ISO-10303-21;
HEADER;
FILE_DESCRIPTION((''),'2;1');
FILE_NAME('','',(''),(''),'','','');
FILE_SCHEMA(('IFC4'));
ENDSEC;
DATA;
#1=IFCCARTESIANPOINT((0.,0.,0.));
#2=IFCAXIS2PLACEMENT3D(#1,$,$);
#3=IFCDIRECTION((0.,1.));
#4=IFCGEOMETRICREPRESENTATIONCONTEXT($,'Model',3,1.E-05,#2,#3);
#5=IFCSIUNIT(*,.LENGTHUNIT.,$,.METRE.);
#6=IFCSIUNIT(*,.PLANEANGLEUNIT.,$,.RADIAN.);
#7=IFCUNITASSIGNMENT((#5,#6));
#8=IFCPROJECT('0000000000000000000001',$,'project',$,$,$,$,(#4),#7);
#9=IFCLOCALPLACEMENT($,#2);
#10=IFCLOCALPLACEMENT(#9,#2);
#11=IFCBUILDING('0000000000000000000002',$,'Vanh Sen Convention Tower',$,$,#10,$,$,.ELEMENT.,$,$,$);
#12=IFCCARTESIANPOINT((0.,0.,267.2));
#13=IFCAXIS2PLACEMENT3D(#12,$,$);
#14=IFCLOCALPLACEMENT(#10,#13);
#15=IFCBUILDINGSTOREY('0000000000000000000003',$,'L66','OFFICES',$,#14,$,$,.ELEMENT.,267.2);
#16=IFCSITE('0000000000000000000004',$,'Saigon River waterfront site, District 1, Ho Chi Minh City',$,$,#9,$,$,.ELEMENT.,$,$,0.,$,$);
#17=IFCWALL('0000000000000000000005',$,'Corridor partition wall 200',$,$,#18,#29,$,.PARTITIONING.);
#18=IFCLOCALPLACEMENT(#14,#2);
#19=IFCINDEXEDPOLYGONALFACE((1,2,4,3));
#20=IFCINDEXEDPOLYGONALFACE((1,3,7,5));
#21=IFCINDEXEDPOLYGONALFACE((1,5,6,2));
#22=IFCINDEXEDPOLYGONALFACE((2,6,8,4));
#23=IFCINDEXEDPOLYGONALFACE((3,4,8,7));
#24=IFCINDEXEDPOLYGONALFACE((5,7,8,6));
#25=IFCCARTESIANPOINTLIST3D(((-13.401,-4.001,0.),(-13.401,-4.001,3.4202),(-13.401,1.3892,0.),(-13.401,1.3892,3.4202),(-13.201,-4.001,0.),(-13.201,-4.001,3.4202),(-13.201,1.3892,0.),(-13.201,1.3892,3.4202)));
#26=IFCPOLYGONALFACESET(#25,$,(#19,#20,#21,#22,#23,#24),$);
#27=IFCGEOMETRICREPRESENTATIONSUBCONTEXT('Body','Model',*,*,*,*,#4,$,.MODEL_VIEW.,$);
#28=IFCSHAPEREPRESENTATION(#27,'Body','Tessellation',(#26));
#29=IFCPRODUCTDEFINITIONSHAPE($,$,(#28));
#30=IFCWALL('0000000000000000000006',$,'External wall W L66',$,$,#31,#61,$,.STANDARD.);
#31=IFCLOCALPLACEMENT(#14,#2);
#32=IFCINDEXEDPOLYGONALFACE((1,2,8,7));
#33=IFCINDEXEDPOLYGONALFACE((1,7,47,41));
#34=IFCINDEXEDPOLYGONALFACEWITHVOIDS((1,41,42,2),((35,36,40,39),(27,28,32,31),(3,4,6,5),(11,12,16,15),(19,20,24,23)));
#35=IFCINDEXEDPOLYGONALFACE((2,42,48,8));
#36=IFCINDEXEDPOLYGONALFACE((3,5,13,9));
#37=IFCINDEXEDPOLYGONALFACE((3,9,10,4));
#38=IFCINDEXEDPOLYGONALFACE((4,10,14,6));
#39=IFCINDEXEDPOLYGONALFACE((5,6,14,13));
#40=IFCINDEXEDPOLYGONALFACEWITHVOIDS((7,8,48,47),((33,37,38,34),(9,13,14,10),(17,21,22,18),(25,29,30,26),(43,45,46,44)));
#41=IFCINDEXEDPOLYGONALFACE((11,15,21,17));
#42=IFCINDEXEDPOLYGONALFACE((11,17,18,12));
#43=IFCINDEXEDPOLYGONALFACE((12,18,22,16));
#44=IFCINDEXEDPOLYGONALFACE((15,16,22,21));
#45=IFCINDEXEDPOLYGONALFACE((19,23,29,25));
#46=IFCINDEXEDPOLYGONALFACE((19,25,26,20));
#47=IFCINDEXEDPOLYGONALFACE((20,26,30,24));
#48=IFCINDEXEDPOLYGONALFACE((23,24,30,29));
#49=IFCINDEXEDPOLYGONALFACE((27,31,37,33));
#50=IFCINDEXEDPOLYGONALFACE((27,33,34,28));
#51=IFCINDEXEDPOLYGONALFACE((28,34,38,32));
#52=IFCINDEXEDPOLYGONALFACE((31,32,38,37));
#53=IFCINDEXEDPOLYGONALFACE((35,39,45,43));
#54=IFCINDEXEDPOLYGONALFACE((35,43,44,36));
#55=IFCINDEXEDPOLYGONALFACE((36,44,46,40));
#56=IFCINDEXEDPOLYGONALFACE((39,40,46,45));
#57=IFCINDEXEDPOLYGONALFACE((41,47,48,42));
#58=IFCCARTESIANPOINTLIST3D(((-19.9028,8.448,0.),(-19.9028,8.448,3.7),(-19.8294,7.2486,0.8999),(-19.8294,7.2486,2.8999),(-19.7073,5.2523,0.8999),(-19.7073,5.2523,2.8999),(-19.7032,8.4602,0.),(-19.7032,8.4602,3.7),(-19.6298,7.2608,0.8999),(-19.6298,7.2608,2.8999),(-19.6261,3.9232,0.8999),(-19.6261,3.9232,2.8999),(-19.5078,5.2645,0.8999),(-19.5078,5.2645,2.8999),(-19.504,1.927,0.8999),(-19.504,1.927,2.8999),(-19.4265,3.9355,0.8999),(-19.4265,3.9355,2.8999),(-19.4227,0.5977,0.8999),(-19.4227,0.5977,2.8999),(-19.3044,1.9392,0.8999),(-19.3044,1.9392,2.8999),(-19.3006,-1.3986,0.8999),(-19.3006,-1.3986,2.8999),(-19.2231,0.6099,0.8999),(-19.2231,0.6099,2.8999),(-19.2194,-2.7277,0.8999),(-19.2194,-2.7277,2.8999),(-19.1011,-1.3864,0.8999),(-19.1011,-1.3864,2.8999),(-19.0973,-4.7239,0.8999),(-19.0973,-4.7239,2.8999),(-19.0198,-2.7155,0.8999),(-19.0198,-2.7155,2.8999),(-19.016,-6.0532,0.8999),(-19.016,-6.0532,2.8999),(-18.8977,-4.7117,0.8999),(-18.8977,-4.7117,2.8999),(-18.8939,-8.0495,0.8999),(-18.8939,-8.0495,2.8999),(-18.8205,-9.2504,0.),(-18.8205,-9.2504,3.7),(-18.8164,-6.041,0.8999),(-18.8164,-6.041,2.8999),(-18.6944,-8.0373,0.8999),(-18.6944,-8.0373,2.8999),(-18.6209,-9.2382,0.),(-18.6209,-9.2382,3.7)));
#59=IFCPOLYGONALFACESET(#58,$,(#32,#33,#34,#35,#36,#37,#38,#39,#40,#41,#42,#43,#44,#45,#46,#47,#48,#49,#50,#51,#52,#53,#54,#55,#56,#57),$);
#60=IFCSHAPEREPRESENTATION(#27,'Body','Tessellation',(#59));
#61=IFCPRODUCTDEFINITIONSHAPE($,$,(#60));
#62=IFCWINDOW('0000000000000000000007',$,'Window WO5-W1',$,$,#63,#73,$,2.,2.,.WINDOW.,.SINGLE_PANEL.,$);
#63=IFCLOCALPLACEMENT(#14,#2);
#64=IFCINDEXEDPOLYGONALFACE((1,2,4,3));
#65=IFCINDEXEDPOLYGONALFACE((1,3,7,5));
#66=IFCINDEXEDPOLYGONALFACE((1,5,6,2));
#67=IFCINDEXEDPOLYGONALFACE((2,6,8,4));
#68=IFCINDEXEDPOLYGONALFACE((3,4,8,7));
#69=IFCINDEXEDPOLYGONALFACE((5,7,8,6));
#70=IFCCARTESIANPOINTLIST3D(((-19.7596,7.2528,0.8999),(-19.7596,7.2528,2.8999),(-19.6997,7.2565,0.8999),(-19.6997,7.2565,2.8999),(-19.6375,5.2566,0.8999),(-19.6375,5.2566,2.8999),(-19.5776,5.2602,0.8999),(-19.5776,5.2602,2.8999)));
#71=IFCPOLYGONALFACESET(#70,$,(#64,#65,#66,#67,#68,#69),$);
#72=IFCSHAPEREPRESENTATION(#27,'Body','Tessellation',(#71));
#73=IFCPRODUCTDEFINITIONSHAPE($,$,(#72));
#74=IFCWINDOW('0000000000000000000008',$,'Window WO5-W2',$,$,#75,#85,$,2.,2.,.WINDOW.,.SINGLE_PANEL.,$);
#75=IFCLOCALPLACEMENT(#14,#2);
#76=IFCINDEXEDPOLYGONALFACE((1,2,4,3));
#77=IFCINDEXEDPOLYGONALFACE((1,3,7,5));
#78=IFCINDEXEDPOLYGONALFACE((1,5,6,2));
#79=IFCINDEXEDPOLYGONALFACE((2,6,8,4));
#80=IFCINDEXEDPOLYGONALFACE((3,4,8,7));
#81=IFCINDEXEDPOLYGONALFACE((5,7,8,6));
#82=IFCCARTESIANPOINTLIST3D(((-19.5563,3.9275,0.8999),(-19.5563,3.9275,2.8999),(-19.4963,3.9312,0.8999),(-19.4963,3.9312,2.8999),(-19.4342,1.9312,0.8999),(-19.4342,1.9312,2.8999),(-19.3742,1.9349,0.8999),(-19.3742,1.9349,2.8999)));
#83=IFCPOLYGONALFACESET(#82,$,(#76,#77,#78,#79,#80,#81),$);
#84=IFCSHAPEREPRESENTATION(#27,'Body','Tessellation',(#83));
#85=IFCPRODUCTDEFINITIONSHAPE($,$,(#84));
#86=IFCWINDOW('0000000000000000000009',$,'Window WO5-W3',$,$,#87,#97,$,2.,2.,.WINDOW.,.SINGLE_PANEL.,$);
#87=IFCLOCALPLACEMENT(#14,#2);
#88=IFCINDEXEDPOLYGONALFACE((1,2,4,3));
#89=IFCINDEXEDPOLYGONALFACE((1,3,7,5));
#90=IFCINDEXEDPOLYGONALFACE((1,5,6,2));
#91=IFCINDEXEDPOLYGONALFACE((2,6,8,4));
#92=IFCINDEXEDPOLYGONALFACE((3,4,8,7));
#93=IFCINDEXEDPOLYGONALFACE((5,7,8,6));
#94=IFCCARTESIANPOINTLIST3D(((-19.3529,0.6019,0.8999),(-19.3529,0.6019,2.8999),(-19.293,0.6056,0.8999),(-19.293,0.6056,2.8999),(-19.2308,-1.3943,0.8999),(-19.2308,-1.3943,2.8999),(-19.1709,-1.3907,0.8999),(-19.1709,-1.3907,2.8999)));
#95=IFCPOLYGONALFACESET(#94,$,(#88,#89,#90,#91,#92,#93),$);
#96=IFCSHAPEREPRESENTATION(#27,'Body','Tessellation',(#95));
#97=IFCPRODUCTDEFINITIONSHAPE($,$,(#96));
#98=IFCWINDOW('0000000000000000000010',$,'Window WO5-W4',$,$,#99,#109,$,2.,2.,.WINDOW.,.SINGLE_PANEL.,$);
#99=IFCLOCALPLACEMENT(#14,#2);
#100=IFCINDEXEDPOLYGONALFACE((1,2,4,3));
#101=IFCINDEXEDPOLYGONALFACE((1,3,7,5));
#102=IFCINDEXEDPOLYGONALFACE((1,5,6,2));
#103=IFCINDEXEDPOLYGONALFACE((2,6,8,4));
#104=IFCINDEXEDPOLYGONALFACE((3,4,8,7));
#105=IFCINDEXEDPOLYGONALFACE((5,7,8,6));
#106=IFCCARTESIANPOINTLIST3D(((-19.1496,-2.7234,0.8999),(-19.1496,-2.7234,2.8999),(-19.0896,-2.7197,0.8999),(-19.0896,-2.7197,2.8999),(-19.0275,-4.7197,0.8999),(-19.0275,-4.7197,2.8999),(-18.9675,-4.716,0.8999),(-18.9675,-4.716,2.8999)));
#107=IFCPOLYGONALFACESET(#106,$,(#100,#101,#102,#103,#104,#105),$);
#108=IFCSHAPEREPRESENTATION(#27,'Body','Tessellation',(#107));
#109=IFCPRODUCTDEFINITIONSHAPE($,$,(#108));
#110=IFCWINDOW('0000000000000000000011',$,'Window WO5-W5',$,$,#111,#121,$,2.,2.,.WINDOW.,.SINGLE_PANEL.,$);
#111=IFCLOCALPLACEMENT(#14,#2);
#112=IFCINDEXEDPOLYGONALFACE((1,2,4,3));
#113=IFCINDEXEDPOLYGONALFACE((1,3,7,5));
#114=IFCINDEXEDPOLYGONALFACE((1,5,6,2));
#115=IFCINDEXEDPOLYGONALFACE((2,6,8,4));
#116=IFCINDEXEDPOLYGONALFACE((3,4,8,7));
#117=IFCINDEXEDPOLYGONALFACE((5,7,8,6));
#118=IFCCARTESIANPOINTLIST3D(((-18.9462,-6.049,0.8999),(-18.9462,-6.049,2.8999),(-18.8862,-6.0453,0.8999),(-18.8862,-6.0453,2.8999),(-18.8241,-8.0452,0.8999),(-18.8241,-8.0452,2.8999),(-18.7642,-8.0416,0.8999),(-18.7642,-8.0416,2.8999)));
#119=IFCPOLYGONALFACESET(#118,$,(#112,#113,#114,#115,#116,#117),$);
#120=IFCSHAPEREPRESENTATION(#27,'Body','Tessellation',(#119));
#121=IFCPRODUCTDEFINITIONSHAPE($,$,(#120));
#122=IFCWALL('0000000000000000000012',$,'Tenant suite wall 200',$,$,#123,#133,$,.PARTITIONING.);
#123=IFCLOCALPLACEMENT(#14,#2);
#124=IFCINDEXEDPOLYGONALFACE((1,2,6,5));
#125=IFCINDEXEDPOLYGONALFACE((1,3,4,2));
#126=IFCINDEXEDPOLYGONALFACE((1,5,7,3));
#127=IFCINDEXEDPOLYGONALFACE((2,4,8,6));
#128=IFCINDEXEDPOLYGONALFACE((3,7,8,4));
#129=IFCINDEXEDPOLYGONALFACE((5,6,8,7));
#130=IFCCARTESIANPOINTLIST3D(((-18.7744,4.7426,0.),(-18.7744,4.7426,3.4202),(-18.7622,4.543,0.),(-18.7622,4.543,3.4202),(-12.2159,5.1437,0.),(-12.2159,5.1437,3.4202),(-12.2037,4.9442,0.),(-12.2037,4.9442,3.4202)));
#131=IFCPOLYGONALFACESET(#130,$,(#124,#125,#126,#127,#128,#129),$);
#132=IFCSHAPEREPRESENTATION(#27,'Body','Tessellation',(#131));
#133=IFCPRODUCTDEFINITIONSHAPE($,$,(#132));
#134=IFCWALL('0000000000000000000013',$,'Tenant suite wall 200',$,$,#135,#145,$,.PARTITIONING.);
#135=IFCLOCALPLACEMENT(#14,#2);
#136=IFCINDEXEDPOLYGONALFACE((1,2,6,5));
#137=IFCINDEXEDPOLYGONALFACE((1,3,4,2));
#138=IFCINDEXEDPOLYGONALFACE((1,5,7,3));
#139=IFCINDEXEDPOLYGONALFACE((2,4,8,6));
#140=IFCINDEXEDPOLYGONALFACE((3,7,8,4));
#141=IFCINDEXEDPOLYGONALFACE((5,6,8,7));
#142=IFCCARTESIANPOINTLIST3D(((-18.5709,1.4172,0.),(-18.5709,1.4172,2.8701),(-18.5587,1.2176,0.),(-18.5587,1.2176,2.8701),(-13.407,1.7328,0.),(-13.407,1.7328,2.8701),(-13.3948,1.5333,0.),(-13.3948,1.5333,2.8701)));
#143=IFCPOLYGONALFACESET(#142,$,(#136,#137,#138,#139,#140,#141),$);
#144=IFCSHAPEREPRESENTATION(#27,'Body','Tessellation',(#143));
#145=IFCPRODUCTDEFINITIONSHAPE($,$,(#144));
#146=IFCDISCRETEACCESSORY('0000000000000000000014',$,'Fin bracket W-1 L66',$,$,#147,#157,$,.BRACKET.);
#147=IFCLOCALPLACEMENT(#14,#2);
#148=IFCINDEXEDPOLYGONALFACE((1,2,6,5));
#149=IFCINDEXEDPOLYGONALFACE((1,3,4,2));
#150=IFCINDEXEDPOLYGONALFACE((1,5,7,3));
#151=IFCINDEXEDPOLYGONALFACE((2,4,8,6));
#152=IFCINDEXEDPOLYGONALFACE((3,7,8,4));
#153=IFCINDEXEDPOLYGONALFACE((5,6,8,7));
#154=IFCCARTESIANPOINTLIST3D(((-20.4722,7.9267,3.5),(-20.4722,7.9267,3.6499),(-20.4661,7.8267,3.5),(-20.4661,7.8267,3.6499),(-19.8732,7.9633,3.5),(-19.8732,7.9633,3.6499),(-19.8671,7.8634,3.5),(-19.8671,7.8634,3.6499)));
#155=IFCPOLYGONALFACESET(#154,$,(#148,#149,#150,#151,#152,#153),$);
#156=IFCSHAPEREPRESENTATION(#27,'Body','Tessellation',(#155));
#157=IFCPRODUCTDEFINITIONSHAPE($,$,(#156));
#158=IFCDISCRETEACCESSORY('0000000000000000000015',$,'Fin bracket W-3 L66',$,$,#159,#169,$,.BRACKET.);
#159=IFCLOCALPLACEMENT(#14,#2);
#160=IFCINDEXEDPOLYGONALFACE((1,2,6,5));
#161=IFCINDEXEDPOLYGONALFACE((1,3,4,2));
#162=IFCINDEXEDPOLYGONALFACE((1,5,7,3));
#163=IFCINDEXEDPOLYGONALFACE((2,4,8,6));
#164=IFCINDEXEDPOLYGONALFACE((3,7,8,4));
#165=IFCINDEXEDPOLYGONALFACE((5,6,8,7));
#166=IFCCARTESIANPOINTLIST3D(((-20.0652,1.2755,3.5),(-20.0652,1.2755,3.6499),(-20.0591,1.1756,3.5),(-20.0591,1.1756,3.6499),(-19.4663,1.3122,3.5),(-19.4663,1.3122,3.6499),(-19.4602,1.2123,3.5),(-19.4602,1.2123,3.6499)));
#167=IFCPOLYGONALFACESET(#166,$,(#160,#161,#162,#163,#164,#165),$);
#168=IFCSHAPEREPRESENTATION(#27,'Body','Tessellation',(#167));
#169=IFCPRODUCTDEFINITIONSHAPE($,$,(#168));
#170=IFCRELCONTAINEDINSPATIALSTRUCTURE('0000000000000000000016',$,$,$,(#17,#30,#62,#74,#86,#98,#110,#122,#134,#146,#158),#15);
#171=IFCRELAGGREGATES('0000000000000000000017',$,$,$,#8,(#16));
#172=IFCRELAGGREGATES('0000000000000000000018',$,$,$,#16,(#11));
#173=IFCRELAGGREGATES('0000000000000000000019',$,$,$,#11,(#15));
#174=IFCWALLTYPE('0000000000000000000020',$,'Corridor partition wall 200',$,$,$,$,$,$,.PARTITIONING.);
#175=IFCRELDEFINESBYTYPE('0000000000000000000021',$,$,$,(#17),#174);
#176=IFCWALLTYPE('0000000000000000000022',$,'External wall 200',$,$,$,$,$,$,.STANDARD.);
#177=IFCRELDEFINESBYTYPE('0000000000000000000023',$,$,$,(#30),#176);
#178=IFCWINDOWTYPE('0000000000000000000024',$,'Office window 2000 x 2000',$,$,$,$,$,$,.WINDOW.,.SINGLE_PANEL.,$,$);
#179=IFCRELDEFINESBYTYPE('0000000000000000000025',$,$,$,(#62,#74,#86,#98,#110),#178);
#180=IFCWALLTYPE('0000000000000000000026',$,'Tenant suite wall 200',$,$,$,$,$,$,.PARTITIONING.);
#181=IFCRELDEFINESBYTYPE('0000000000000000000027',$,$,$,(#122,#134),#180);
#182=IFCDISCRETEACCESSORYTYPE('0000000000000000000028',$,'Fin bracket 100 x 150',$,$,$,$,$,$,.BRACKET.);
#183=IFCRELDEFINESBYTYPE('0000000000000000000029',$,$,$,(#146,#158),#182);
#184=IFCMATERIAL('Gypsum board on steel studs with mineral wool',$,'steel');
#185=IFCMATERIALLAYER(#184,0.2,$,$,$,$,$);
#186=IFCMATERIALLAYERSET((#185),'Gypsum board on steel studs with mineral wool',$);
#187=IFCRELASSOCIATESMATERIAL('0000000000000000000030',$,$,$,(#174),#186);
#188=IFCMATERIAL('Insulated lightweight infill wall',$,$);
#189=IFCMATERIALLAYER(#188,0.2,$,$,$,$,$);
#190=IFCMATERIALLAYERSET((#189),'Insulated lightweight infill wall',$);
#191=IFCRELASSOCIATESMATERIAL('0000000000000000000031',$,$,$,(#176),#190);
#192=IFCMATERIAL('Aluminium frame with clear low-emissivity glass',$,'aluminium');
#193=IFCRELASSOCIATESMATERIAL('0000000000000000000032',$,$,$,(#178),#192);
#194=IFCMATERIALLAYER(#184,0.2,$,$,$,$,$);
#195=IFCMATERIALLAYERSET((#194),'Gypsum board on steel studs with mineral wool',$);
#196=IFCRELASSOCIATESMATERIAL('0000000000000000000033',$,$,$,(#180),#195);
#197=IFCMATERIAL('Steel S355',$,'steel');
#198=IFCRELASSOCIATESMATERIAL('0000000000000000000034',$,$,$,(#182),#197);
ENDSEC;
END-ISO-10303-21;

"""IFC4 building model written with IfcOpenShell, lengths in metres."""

from ifc_helpers import new_model, si_unit, direction, frame, frame_2d, origin, origin_2d, place, context, subcontext, project, spatial, rectangle, extrude, material, layer, layer_set, type_object, element, fill, save


model = new_model("IFC4")

# Units and contexts
model_context = context("Model", 3, precision=1e-05, world=origin(), true_north=direction((0.0, 1.0)))
body_context = subcontext(model_context, "Body", "Model", "MODEL_VIEW")
ifc_project = project(units=[si_unit("LENGTHUNIT", "METRE"), si_unit("PLANEANGLEUNIT", "RADIAN")], contexts=[model_context])

# Site, building, storey
site_placement = place(None, origin())
site = spatial("IfcSite", under=ifc_project, at=site_placement, Name="Saigon River waterfront site, District 1, Ho Chi Minh City", CompositionType="ELEMENT", RefElevation=0.0)
building_placement = place(site_placement, origin())
building = spatial("IfcBuilding", under=site, at=building_placement, Name="Vanh Sen Convention Tower", CompositionType="ELEMENT")
storey_placement = place(building_placement, frame((0.0, 0.0, 267.2)))
storey = spatial("IfcBuildingStorey", under=building, at=storey_placement, Name="L66", Description="OFFICES", CompositionType="ELEMENT", Elevation=267.2)

# Wall
ifc_material_1 = material(Name="Gypsum board on steel studs with mineral wool", Category="steel")
ifc_layer_1 = layer(ifc_material_1, 0.2)
ifc_layer_set_1 = layer_set([ifc_layer_1], Name="Gypsum board on steel studs with mineral wool")
wall_type_1 = type_object("IfcWallType", Name="Corridor partition wall 200", PredefinedType="PARTITIONING", material=ifc_layer_set_1)
wall_1_placement = place(storey_placement, frame((-13.301, 1.3892, 0.0), z_axis=(0.0, 0.0, 1.0), x_axis=(0.0, -1.0, 0.0)))
element("IfcWall", 1, at=wall_1_placement, inside=storey, type_object=wall_type_1, Name="Corridor partition wall 200", PredefinedType="PARTITIONING", context=body_context, shape_type="SweptSolid", body=[
    extrude(rectangle(XDim=5.3901, YDim=0.2, at=frame_2d((2.6951, 0.0))), origin(), (0.0, 0.0, 1.0), 3.4202),
])

# Wall, openings, windows
ifc_material_2 = material(Name="Insulated lightweight infill wall")
ifc_layer_2 = layer(ifc_material_2, 0.2)
ifc_layer_set_2 = layer_set([ifc_layer_2], Name="Insulated lightweight infill wall")
wall_type_2 = type_object("IfcWallType", Name="External wall 200", PredefinedType="STANDARD", material=ifc_layer_set_2)
wall_2_placement = place(storey_placement, frame((-19.803, 8.4541, 0.0), z_axis=(0.0, 0.0, 1.0), x_axis=(0.061037, -0.998136, 0.0)))
wall_2 = element("IfcWall", 2, at=wall_2_placement, inside=storey, type_object=wall_type_2, Name="External wall W L66", PredefinedType="STANDARD", context=body_context, shape_type="SweptSolid", body=[
    extrude(rectangle(XDim=17.7314, YDim=0.2, at=frame_2d((8.8657, 0.0))), origin(), (0.0, 0.0, 1.0), 3.7),
])
opening_1_placement = place(wall_2_placement, frame((1.2017, 0.0, 0.8999)))
opening_1 = element("IfcOpeningElement", 3, at=opening_1_placement, cuts=wall_2, PredefinedType="OPENING", context=body_context, shape_type="SweptSolid", body=[
    extrude(rectangle(XDim=2.0, YDim=2.0, at=frame_2d((1.0, 1.0))), frame((0.0, 0.1099, 0.0), z_axis=(0.0, -1.0, 0.0), x_axis=(1.0, 0.0, 0.0)), (0.0, 0.0, 1.0), 0.22),
])
opening_2_placement = place(wall_2_placement, frame((4.5332, 0.0, 0.8999)))
opening_2 = element("IfcOpeningElement", 4, at=opening_2_placement, cuts=wall_2, PredefinedType="OPENING", context=body_context, shape_type="SweptSolid", body=[
    extrude(rectangle(XDim=2.0, YDim=2.0, at=frame_2d((1.0, 1.0))), frame((0.0, 0.1099, 0.0), z_axis=(0.0, -1.0, 0.0), x_axis=(1.0, 0.0, 0.0)), (0.0, 0.0, 1.0), 0.22),
])
opening_3_placement = place(wall_2_placement, frame((7.865, 0.0, 0.8999)))
opening_3 = element("IfcOpeningElement", 5, at=opening_3_placement, cuts=wall_2, PredefinedType="OPENING", context=body_context, shape_type="SweptSolid", body=[
    extrude(rectangle(XDim=2.0, YDim=2.0, at=frame_2d((1.0, 1.0))), frame((0.0, 0.1099, 0.0), z_axis=(0.0, -1.0, 0.0), x_axis=(1.0, 0.0, 0.0)), (0.0, 0.0, 1.0), 0.22),
])
opening_4_placement = place(wall_2_placement, frame((11.1965, 0.0, 0.8999)))
opening_4 = element("IfcOpeningElement", 6, at=opening_4_placement, cuts=wall_2, PredefinedType="OPENING", context=body_context, shape_type="SweptSolid", body=[
    extrude(rectangle(XDim=2.0, YDim=2.0, at=frame_2d((1.0, 1.0))), frame((0.0, 0.1099, 0.0), z_axis=(0.0, -1.0, 0.0), x_axis=(1.0, 0.0, 0.0)), (0.0, 0.0, 1.0), 0.22),
])
opening_5_placement = place(wall_2_placement, frame((14.5283, 0.0, 0.8999)))
opening_5 = element("IfcOpeningElement", 7, at=opening_5_placement, cuts=wall_2, PredefinedType="OPENING", context=body_context, shape_type="SweptSolid", body=[
    extrude(rectangle(XDim=2.0, YDim=2.0, at=frame_2d((1.0, 1.0))), frame((0.0, 0.1099, 0.0), z_axis=(0.0, -1.0, 0.0), x_axis=(1.0, 0.0, 0.0)), (0.0, 0.0, 1.0), 0.22),
])
ifc_material_3 = material(Name="Aluminium frame with clear low-emissivity glass", Category="aluminium")
window_type = type_object("IfcWindowType", Name="Office window 2000 x 2000", PartitioningType="SINGLE_PANEL", PredefinedType="WINDOW", material=ifc_material_3)
window_1_placement = place(opening_1_placement, origin())
window_1 = element("IfcWindow", 8, at=window_1_placement, inside=storey, type_object=window_type, Name="Window WO5-W1", OverallHeight=2.0, OverallWidth=2.0, PartitioningType="SINGLE_PANEL", PredefinedType="WINDOW", context=body_context, shape_type="SweptSolid", body=[
    extrude(rectangle(XDim=2.0, YDim=2.0, at=frame_2d((1.0, 1.0))), frame((0.0, 0.03, 0.0), z_axis=(0.0, -1.0, 0.0), x_axis=(1.0, 0.0, 0.0)), (0.0, 0.0, 1.0), 0.0601),
])
fill(opening_1, window_1)
window_2_placement = place(opening_2_placement, origin())
window_2 = element("IfcWindow", 9, at=window_2_placement, inside=storey, type_object=window_type, Name="Window WO5-W2", OverallHeight=2.0, OverallWidth=2.0, PartitioningType="SINGLE_PANEL", PredefinedType="WINDOW", context=body_context, shape_type="SweptSolid", body=[
    extrude(rectangle(XDim=2.0, YDim=2.0, at=frame_2d((1.0, 1.0))), frame((0.0, 0.03, 0.0), z_axis=(0.0, -1.0, 0.0), x_axis=(1.0, 0.0, 0.0)), (0.0, 0.0, 1.0), 0.0601),
])
fill(opening_2, window_2)
window_3_placement = place(opening_3_placement, origin())
window_3 = element("IfcWindow", 10, at=window_3_placement, inside=storey, type_object=window_type, Name="Window WO5-W3", OverallHeight=2.0, OverallWidth=2.0, PartitioningType="SINGLE_PANEL", PredefinedType="WINDOW", context=body_context, shape_type="SweptSolid", body=[
    extrude(rectangle(XDim=2.0, YDim=2.0, at=frame_2d((1.0, 1.0))), frame((0.0, 0.03, 0.0), z_axis=(0.0, -1.0, 0.0), x_axis=(1.0, 0.0, 0.0)), (0.0, 0.0, 1.0), 0.0601),
])
fill(opening_3, window_3)
window_4_placement = place(opening_4_placement, origin())
window_4 = element("IfcWindow", 11, at=window_4_placement, inside=storey, type_object=window_type, Name="Window WO5-W4", OverallHeight=2.0, OverallWidth=2.0, PartitioningType="SINGLE_PANEL", PredefinedType="WINDOW", context=body_context, shape_type="SweptSolid", body=[
    extrude(rectangle(XDim=2.0, YDim=2.0, at=frame_2d((1.0, 1.0))), frame((0.0, 0.03, 0.0), z_axis=(0.0, -1.0, 0.0), x_axis=(1.0, 0.0, 0.0)), (0.0, 0.0, 1.0), 0.0601),
])
fill(opening_4, window_4)
window_5_placement = place(opening_5_placement, origin())
window_5 = element("IfcWindow", 12, at=window_5_placement, inside=storey, type_object=window_type, Name="Window WO5-W5", OverallHeight=2.0, OverallWidth=2.0, PartitioningType="SINGLE_PANEL", PredefinedType="WINDOW", context=body_context, shape_type="SweptSolid", body=[
    extrude(rectangle(XDim=2.0, YDim=2.0, at=frame_2d((1.0, 1.0))), frame((0.0, 0.03, 0.0), z_axis=(0.0, -1.0, 0.0), x_axis=(1.0, 0.0, 0.0)), (0.0, 0.0, 1.0), 0.0601),
])
fill(opening_5, window_5)

# Walls
ifc_layer_3 = layer(ifc_material_1, 0.2)
ifc_layer_set_3 = layer_set([ifc_layer_3], Name="Gypsum board on steel studs with mineral wool")
wall_type_3 = type_object("IfcWallType", Name="Tenant suite wall 200", PredefinedType="PARTITIONING", material=ifc_layer_set_3)
wall_3_placement = place(storey_placement, frame((-18.7683, 4.6428, 0.0), z_axis=(0.0, 0.0, 1.0), x_axis=(0.998135, 0.061046, 0.0)))
element("IfcWall", 13, at=wall_3_placement, inside=storey, type_object=wall_type_3, Name="Tenant suite wall 200", PredefinedType="PARTITIONING", context=body_context, shape_type="SweptSolid", body=[
    extrude(rectangle(XDim=6.5708, YDim=0.2, at=frame_2d((3.2854, 0.0))), origin(), (0.0, 0.0, 1.0), 3.4202),
])
wall_4_placement = place(storey_placement, frame((-18.5649, 1.3174, 0.0), z_axis=(0.0, 0.0, 1.0), x_axis=(0.998137, 0.061015, 0.0)))
element("IfcWall", 14, at=wall_4_placement, inside=storey, type_object=wall_type_3, Name="Tenant suite wall 200", PredefinedType="PARTITIONING", context=body_context, shape_type="SweptSolid", body=[
    extrude(rectangle(XDim=5.1736, YDim=0.2, at=frame_2d((2.5869, 0.0))), origin(), (0.0, 0.0, 1.0), 2.8701),
])

# Discrete accessories
ifc_material_4 = material(Name="Steel S355", Category="steel")
discrete_accessory_type = type_object("IfcDiscreteAccessoryType", Name="Fin bracket 100 x 150", PredefinedType="BRACKET", material=ifc_material_4)
for number, where, z_axis, x_axis, name in (
    (15, (-20.1697, 7.895, 3.5), (0.0, 0.0, 1.0), (-0.998135, -0.061049, 0.0), "Fin bracket W-1 L66"),
    (16, (-19.7627, 1.2439, 3.5), (0.0, 0.0, 1.0), (-0.998135, -0.061049, 0.0), "Fin bracket W-3 L66"),
):
    element("IfcDiscreteAccessory", number, at=place(storey_placement, frame(where, z_axis=z_axis, x_axis=x_axis)), inside=storey, type_object=discrete_accessory_type, Name=name, PredefinedType="BRACKET", context=body_context, shape_type="SweptSolid", body=[
        extrude(rectangle(XDim=0.6001, YDim=0.1001, at=origin_2d()), origin(), (0.0, 0.0, 1.0), 0.1499),
    ])

save(model, "model.ifc")
